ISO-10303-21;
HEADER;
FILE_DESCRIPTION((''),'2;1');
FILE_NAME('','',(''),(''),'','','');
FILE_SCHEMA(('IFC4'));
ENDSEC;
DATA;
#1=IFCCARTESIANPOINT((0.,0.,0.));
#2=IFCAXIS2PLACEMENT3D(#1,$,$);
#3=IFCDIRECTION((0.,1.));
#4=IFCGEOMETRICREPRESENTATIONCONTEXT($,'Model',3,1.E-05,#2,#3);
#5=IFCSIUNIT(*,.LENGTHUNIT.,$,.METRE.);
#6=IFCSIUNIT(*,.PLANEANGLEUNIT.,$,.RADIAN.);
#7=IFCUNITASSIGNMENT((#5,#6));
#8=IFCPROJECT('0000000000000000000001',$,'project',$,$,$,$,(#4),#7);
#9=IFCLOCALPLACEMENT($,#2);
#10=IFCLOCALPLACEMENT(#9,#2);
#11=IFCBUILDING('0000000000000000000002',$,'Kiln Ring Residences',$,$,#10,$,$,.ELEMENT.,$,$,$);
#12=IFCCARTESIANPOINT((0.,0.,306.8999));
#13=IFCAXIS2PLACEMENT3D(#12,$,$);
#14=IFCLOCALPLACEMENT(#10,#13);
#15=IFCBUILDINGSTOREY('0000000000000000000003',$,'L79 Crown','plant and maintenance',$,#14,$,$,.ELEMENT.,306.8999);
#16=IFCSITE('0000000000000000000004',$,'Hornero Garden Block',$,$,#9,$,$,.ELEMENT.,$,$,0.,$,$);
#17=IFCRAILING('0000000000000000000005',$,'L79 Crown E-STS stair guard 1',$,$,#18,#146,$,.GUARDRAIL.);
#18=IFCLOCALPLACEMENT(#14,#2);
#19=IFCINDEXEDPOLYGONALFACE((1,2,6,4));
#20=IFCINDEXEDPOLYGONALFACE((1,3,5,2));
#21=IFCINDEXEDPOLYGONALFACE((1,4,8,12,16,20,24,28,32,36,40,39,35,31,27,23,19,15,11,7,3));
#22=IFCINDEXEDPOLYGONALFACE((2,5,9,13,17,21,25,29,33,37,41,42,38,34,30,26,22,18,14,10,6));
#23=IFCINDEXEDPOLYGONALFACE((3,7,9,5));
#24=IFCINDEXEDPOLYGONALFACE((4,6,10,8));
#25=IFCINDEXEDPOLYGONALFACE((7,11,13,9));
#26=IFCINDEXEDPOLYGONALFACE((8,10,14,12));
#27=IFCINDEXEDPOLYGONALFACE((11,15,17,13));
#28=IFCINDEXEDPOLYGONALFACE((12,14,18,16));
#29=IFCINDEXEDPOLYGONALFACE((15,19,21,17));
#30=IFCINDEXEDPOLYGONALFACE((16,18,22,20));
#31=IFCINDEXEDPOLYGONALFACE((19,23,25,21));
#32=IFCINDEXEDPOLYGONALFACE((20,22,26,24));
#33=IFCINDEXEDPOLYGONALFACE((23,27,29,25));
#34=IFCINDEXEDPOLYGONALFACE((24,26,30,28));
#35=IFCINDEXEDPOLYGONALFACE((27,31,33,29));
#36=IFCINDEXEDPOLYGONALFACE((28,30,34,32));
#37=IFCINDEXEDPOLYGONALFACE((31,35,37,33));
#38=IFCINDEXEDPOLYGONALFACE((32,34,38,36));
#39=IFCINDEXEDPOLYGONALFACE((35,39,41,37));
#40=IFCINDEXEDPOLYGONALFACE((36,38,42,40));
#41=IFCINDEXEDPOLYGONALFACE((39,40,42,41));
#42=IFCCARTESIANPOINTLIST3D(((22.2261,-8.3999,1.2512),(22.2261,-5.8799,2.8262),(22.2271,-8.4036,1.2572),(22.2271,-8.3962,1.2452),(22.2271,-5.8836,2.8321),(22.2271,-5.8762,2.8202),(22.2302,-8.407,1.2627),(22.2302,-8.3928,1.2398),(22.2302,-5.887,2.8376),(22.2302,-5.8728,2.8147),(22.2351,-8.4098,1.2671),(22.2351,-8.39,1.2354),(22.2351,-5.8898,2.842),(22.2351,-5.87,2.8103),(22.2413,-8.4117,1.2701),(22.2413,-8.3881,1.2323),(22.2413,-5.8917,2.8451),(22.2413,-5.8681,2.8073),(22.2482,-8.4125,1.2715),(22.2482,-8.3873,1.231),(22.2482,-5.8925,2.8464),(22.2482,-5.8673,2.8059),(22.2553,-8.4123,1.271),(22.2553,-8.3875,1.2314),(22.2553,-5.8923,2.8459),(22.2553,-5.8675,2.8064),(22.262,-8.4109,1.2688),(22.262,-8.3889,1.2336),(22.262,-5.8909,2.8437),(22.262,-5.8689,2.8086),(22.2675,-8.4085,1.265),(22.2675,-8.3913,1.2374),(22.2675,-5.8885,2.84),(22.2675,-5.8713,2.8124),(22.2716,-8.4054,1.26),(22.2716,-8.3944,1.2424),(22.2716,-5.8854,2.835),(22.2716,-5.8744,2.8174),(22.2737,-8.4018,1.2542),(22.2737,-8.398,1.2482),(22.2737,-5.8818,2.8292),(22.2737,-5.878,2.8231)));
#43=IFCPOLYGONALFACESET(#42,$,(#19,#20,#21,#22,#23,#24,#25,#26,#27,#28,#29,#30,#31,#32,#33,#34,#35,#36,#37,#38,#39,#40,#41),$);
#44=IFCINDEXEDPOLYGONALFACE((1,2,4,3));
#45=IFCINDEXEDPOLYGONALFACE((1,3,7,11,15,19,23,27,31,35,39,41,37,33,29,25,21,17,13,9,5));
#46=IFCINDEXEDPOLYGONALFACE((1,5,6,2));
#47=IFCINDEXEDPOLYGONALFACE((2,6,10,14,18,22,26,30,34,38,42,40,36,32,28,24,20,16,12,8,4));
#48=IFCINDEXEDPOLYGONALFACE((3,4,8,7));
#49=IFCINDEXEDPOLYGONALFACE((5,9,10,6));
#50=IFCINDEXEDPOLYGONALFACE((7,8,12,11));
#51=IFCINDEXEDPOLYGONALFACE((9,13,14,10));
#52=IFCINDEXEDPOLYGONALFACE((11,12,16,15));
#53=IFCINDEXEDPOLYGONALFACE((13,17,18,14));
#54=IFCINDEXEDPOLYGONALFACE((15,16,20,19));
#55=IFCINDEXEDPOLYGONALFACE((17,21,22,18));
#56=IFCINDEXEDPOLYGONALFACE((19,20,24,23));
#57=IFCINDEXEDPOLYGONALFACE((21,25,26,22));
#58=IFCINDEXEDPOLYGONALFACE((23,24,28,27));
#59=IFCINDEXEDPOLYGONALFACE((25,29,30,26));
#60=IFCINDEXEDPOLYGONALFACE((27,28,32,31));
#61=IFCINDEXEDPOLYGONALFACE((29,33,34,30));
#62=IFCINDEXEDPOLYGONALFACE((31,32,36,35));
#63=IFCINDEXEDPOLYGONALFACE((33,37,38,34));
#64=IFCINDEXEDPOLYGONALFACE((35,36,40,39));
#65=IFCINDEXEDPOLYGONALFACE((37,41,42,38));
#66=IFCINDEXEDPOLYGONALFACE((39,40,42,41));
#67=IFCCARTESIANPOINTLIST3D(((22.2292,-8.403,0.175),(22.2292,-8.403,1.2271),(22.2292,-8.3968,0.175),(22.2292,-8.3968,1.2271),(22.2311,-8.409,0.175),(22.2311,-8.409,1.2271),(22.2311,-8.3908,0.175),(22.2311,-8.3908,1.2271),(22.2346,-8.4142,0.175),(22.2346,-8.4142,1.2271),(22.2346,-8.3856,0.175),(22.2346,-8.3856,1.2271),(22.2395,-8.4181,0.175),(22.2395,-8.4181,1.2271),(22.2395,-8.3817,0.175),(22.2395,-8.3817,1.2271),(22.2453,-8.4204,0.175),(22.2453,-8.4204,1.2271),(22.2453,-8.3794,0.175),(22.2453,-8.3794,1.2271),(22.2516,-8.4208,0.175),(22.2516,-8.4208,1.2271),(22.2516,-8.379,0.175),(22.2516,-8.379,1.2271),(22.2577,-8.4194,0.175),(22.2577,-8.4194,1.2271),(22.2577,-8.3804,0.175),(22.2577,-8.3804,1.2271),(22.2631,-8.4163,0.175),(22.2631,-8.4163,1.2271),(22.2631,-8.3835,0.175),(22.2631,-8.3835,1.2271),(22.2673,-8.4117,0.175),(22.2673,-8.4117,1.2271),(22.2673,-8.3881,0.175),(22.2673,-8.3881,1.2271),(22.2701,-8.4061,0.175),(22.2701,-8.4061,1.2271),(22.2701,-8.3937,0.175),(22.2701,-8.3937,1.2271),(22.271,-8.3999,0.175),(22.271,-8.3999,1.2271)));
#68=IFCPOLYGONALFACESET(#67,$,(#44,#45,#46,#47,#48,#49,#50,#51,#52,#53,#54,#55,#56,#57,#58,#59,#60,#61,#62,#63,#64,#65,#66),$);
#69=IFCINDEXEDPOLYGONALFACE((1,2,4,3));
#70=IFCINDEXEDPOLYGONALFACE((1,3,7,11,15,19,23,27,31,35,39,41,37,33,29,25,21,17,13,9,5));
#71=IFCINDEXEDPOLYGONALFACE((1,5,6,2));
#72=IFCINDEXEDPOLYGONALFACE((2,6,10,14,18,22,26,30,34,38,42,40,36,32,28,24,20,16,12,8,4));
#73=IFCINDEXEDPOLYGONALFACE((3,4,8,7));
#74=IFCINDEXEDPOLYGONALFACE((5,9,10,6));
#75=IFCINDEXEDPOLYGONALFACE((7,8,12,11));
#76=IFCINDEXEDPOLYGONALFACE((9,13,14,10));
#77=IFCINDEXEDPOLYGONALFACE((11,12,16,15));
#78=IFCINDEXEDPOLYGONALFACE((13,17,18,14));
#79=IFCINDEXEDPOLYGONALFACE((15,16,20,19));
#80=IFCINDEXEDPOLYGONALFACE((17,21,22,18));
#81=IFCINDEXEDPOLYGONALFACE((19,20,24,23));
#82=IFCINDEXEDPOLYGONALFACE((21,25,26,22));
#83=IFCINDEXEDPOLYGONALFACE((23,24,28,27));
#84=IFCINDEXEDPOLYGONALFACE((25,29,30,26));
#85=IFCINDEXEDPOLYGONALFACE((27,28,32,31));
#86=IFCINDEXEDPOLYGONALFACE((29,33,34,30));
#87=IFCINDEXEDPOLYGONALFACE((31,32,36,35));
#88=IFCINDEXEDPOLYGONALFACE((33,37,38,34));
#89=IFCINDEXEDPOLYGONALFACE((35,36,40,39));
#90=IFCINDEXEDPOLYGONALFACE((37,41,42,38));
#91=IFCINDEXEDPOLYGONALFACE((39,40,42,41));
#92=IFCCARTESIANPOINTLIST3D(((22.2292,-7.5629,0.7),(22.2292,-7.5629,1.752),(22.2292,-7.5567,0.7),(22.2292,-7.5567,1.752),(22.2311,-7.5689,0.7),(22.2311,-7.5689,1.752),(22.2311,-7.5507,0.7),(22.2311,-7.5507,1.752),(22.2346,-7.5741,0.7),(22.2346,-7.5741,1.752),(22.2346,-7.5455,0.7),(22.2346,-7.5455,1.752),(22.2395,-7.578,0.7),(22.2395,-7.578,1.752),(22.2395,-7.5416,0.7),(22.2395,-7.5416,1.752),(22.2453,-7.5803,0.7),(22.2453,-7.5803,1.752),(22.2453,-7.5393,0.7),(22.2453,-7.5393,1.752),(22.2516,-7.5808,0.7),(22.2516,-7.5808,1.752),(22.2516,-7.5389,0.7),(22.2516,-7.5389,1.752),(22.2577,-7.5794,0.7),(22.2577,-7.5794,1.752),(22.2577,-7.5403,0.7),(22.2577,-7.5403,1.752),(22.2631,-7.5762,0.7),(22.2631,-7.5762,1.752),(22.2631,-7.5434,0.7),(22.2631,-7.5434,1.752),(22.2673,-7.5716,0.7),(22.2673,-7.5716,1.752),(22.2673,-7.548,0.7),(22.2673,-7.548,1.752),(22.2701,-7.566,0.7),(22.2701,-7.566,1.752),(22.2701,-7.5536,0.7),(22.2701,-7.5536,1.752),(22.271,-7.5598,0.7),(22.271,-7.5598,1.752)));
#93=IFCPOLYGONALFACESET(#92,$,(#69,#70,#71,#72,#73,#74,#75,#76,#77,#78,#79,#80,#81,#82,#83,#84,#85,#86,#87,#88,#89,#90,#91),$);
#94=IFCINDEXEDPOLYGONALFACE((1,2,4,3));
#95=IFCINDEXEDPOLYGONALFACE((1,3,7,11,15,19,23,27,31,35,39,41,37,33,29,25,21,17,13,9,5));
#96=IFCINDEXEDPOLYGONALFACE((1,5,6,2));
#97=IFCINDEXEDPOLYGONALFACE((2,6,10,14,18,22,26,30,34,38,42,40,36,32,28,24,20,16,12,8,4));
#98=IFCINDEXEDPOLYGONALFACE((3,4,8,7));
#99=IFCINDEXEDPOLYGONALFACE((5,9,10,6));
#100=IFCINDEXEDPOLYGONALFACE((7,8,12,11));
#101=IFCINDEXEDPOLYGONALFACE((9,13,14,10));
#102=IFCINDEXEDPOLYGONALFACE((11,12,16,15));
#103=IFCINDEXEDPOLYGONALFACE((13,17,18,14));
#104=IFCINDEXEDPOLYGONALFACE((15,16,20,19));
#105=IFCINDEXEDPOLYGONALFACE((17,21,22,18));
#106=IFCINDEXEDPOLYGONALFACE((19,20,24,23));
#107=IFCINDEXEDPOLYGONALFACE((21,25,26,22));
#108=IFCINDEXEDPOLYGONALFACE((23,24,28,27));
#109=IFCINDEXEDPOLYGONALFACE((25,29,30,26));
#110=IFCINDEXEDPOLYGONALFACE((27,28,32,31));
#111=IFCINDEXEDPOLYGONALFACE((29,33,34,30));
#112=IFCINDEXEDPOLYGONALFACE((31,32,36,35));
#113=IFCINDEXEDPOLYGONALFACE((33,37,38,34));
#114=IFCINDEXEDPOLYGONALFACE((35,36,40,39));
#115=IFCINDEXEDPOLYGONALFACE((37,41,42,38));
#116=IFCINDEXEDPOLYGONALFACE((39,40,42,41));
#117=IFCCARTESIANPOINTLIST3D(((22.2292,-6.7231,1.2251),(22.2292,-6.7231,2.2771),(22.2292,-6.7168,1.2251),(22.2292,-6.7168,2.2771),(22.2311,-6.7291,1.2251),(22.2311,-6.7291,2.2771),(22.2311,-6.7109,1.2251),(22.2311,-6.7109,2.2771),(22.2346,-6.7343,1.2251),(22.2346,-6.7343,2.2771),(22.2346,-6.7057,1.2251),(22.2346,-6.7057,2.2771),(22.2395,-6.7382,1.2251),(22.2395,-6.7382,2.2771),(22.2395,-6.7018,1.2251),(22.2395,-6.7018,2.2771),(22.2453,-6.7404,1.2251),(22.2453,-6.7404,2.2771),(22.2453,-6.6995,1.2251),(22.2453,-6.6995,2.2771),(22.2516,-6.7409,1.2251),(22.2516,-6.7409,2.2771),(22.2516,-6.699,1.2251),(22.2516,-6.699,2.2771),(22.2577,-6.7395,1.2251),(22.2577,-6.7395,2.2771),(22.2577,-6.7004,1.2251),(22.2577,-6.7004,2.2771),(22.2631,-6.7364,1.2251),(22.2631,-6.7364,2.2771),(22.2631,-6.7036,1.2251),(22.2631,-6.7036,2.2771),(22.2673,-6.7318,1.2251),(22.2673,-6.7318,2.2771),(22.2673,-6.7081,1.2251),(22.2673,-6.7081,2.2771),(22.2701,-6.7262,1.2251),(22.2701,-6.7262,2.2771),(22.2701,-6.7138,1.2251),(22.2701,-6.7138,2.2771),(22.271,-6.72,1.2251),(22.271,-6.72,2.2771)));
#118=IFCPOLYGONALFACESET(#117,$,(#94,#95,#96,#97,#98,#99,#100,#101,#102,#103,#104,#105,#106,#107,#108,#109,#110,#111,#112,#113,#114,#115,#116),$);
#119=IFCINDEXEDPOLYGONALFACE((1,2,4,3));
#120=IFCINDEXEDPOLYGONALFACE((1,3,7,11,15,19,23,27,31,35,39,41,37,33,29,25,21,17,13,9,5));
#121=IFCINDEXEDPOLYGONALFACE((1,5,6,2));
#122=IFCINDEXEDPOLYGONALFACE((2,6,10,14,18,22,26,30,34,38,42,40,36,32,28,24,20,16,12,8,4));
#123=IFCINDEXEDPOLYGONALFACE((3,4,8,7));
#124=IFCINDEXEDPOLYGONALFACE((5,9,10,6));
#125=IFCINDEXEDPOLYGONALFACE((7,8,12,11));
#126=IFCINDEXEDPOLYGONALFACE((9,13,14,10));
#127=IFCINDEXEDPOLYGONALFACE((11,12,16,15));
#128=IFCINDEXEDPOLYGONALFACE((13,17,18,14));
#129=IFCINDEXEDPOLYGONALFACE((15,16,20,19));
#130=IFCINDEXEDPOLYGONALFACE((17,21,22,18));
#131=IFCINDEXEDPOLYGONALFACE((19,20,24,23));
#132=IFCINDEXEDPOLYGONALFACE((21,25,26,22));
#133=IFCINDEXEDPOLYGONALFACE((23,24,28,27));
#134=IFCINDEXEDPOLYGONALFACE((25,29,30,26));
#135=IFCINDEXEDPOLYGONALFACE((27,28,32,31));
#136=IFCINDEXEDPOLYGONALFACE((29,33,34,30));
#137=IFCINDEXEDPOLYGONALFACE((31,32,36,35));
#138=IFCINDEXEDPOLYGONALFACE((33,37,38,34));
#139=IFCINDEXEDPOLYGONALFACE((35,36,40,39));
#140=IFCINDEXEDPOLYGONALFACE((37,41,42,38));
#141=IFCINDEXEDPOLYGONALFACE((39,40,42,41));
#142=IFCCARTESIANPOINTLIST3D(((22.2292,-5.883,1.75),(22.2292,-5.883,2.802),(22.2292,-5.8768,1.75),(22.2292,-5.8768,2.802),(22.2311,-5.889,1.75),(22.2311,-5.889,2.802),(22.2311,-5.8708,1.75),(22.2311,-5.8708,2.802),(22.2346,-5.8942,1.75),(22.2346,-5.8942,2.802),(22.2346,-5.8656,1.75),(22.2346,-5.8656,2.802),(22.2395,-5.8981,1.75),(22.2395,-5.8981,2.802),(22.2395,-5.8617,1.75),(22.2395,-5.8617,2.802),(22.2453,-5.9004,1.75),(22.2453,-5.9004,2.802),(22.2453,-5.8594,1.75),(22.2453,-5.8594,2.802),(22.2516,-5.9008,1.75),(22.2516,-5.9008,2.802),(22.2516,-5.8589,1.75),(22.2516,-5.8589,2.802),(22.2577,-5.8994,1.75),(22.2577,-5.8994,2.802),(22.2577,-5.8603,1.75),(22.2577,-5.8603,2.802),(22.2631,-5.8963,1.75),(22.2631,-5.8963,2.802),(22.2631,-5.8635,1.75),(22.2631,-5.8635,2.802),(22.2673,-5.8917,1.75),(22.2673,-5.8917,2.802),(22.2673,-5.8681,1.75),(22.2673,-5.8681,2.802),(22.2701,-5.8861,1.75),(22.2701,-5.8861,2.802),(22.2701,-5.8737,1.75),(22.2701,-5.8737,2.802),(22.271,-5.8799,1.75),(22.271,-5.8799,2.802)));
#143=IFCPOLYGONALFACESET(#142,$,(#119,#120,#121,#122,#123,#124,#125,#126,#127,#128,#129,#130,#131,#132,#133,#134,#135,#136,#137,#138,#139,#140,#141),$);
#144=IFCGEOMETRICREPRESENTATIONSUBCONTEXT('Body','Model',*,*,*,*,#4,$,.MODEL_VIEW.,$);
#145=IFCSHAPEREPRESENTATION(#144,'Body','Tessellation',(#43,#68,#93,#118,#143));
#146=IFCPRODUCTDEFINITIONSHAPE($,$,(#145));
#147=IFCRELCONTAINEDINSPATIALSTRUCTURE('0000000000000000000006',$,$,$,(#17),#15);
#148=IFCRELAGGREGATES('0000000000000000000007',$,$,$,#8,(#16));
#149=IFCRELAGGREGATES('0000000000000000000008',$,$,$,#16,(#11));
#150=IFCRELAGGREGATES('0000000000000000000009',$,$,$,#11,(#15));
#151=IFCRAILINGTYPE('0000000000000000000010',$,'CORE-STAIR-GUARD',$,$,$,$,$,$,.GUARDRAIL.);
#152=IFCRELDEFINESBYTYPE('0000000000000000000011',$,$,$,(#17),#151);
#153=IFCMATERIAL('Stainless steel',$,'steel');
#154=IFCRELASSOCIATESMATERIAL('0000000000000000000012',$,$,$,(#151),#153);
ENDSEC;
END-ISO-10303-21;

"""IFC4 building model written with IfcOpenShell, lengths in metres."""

from ifc_helpers import new_model, si_unit, direction, frame, origin, origin_2d, place, context, subcontext, project, spatial, circle, extrude, material, type_object, element, save


model = new_model("IFC4")

# Units and contexts
model_context = context("Model", 3, precision=1e-05, world=origin(), true_north=direction((0.0, 1.0)))
body_context = subcontext(model_context, "Body", "Model", "MODEL_VIEW")
ifc_project = project(units=[si_unit("LENGTHUNIT", "METRE"), si_unit("PLANEANGLEUNIT", "RADIAN")], contexts=[model_context])

# Site, building, storey
site_placement = place(None, origin())
site = spatial("IfcSite", under=ifc_project, at=site_placement, Name="Hornero Garden Block", CompositionType="ELEMENT", RefElevation=0.0)
building_placement = place(site_placement, origin())
building = spatial("IfcBuilding", under=site, at=building_placement, Name="Kiln Ring Residences", CompositionType="ELEMENT")
storey_placement = place(building_placement, frame((0.0, 0.0, 306.8999)))
storey = spatial("IfcBuildingStorey", under=building, at=storey_placement, Name="L79 Crown", Description="plant and maintenance", CompositionType="ELEMENT", Elevation=306.8999)

# Railing
ifc_material_1 = material(Name="Stainless steel", Category="steel")
railing_type_1 = type_object("IfcRailingType", Name="CORE-STAIR-GUARD", PredefinedType="GUARDRAIL", material=ifc_material_1)
railing_1_placement = place(storey_placement, frame((22.25, -8.3999, 0.175)))
element("IfcRailing", 1, at=railing_1_placement, inside=storey, type_object=railing_type_1, Name="L79 Crown E-STS stair guard 1", PredefinedType="GUARDRAIL", context=body_context, shape_type="SweptSolid", body=[
    extrude(circle(Radius=0.0239, at=origin_2d()), frame((0.0, 0.0, 1.0762), z_axis=(0.0, 0.848008, 0.529984), x_axis=(-1.0, 0.0, 0.0)), (0.0, 0.0, 1.0), 2.9717),
    extrude(circle(Radius=0.021, at=origin_2d()), origin(), (0.0, 0.0, 1.0), 1.052),
    extrude(circle(Radius=0.021, at=origin_2d()), frame((0.0, 0.8401, 0.5249)), (0.0, 0.0, 1.0), 1.052),
    extrude(circle(Radius=0.021, at=origin_2d()), frame((0.0, 1.6799, 1.05)), (0.0, 0.0, 1.0), 1.052),
    extrude(circle(Radius=0.021, at=origin_2d()), frame((0.0, 2.52, 1.575)), (0.0, 0.0, 1.0), 1.052),
])

save(model, "model.ifc")
